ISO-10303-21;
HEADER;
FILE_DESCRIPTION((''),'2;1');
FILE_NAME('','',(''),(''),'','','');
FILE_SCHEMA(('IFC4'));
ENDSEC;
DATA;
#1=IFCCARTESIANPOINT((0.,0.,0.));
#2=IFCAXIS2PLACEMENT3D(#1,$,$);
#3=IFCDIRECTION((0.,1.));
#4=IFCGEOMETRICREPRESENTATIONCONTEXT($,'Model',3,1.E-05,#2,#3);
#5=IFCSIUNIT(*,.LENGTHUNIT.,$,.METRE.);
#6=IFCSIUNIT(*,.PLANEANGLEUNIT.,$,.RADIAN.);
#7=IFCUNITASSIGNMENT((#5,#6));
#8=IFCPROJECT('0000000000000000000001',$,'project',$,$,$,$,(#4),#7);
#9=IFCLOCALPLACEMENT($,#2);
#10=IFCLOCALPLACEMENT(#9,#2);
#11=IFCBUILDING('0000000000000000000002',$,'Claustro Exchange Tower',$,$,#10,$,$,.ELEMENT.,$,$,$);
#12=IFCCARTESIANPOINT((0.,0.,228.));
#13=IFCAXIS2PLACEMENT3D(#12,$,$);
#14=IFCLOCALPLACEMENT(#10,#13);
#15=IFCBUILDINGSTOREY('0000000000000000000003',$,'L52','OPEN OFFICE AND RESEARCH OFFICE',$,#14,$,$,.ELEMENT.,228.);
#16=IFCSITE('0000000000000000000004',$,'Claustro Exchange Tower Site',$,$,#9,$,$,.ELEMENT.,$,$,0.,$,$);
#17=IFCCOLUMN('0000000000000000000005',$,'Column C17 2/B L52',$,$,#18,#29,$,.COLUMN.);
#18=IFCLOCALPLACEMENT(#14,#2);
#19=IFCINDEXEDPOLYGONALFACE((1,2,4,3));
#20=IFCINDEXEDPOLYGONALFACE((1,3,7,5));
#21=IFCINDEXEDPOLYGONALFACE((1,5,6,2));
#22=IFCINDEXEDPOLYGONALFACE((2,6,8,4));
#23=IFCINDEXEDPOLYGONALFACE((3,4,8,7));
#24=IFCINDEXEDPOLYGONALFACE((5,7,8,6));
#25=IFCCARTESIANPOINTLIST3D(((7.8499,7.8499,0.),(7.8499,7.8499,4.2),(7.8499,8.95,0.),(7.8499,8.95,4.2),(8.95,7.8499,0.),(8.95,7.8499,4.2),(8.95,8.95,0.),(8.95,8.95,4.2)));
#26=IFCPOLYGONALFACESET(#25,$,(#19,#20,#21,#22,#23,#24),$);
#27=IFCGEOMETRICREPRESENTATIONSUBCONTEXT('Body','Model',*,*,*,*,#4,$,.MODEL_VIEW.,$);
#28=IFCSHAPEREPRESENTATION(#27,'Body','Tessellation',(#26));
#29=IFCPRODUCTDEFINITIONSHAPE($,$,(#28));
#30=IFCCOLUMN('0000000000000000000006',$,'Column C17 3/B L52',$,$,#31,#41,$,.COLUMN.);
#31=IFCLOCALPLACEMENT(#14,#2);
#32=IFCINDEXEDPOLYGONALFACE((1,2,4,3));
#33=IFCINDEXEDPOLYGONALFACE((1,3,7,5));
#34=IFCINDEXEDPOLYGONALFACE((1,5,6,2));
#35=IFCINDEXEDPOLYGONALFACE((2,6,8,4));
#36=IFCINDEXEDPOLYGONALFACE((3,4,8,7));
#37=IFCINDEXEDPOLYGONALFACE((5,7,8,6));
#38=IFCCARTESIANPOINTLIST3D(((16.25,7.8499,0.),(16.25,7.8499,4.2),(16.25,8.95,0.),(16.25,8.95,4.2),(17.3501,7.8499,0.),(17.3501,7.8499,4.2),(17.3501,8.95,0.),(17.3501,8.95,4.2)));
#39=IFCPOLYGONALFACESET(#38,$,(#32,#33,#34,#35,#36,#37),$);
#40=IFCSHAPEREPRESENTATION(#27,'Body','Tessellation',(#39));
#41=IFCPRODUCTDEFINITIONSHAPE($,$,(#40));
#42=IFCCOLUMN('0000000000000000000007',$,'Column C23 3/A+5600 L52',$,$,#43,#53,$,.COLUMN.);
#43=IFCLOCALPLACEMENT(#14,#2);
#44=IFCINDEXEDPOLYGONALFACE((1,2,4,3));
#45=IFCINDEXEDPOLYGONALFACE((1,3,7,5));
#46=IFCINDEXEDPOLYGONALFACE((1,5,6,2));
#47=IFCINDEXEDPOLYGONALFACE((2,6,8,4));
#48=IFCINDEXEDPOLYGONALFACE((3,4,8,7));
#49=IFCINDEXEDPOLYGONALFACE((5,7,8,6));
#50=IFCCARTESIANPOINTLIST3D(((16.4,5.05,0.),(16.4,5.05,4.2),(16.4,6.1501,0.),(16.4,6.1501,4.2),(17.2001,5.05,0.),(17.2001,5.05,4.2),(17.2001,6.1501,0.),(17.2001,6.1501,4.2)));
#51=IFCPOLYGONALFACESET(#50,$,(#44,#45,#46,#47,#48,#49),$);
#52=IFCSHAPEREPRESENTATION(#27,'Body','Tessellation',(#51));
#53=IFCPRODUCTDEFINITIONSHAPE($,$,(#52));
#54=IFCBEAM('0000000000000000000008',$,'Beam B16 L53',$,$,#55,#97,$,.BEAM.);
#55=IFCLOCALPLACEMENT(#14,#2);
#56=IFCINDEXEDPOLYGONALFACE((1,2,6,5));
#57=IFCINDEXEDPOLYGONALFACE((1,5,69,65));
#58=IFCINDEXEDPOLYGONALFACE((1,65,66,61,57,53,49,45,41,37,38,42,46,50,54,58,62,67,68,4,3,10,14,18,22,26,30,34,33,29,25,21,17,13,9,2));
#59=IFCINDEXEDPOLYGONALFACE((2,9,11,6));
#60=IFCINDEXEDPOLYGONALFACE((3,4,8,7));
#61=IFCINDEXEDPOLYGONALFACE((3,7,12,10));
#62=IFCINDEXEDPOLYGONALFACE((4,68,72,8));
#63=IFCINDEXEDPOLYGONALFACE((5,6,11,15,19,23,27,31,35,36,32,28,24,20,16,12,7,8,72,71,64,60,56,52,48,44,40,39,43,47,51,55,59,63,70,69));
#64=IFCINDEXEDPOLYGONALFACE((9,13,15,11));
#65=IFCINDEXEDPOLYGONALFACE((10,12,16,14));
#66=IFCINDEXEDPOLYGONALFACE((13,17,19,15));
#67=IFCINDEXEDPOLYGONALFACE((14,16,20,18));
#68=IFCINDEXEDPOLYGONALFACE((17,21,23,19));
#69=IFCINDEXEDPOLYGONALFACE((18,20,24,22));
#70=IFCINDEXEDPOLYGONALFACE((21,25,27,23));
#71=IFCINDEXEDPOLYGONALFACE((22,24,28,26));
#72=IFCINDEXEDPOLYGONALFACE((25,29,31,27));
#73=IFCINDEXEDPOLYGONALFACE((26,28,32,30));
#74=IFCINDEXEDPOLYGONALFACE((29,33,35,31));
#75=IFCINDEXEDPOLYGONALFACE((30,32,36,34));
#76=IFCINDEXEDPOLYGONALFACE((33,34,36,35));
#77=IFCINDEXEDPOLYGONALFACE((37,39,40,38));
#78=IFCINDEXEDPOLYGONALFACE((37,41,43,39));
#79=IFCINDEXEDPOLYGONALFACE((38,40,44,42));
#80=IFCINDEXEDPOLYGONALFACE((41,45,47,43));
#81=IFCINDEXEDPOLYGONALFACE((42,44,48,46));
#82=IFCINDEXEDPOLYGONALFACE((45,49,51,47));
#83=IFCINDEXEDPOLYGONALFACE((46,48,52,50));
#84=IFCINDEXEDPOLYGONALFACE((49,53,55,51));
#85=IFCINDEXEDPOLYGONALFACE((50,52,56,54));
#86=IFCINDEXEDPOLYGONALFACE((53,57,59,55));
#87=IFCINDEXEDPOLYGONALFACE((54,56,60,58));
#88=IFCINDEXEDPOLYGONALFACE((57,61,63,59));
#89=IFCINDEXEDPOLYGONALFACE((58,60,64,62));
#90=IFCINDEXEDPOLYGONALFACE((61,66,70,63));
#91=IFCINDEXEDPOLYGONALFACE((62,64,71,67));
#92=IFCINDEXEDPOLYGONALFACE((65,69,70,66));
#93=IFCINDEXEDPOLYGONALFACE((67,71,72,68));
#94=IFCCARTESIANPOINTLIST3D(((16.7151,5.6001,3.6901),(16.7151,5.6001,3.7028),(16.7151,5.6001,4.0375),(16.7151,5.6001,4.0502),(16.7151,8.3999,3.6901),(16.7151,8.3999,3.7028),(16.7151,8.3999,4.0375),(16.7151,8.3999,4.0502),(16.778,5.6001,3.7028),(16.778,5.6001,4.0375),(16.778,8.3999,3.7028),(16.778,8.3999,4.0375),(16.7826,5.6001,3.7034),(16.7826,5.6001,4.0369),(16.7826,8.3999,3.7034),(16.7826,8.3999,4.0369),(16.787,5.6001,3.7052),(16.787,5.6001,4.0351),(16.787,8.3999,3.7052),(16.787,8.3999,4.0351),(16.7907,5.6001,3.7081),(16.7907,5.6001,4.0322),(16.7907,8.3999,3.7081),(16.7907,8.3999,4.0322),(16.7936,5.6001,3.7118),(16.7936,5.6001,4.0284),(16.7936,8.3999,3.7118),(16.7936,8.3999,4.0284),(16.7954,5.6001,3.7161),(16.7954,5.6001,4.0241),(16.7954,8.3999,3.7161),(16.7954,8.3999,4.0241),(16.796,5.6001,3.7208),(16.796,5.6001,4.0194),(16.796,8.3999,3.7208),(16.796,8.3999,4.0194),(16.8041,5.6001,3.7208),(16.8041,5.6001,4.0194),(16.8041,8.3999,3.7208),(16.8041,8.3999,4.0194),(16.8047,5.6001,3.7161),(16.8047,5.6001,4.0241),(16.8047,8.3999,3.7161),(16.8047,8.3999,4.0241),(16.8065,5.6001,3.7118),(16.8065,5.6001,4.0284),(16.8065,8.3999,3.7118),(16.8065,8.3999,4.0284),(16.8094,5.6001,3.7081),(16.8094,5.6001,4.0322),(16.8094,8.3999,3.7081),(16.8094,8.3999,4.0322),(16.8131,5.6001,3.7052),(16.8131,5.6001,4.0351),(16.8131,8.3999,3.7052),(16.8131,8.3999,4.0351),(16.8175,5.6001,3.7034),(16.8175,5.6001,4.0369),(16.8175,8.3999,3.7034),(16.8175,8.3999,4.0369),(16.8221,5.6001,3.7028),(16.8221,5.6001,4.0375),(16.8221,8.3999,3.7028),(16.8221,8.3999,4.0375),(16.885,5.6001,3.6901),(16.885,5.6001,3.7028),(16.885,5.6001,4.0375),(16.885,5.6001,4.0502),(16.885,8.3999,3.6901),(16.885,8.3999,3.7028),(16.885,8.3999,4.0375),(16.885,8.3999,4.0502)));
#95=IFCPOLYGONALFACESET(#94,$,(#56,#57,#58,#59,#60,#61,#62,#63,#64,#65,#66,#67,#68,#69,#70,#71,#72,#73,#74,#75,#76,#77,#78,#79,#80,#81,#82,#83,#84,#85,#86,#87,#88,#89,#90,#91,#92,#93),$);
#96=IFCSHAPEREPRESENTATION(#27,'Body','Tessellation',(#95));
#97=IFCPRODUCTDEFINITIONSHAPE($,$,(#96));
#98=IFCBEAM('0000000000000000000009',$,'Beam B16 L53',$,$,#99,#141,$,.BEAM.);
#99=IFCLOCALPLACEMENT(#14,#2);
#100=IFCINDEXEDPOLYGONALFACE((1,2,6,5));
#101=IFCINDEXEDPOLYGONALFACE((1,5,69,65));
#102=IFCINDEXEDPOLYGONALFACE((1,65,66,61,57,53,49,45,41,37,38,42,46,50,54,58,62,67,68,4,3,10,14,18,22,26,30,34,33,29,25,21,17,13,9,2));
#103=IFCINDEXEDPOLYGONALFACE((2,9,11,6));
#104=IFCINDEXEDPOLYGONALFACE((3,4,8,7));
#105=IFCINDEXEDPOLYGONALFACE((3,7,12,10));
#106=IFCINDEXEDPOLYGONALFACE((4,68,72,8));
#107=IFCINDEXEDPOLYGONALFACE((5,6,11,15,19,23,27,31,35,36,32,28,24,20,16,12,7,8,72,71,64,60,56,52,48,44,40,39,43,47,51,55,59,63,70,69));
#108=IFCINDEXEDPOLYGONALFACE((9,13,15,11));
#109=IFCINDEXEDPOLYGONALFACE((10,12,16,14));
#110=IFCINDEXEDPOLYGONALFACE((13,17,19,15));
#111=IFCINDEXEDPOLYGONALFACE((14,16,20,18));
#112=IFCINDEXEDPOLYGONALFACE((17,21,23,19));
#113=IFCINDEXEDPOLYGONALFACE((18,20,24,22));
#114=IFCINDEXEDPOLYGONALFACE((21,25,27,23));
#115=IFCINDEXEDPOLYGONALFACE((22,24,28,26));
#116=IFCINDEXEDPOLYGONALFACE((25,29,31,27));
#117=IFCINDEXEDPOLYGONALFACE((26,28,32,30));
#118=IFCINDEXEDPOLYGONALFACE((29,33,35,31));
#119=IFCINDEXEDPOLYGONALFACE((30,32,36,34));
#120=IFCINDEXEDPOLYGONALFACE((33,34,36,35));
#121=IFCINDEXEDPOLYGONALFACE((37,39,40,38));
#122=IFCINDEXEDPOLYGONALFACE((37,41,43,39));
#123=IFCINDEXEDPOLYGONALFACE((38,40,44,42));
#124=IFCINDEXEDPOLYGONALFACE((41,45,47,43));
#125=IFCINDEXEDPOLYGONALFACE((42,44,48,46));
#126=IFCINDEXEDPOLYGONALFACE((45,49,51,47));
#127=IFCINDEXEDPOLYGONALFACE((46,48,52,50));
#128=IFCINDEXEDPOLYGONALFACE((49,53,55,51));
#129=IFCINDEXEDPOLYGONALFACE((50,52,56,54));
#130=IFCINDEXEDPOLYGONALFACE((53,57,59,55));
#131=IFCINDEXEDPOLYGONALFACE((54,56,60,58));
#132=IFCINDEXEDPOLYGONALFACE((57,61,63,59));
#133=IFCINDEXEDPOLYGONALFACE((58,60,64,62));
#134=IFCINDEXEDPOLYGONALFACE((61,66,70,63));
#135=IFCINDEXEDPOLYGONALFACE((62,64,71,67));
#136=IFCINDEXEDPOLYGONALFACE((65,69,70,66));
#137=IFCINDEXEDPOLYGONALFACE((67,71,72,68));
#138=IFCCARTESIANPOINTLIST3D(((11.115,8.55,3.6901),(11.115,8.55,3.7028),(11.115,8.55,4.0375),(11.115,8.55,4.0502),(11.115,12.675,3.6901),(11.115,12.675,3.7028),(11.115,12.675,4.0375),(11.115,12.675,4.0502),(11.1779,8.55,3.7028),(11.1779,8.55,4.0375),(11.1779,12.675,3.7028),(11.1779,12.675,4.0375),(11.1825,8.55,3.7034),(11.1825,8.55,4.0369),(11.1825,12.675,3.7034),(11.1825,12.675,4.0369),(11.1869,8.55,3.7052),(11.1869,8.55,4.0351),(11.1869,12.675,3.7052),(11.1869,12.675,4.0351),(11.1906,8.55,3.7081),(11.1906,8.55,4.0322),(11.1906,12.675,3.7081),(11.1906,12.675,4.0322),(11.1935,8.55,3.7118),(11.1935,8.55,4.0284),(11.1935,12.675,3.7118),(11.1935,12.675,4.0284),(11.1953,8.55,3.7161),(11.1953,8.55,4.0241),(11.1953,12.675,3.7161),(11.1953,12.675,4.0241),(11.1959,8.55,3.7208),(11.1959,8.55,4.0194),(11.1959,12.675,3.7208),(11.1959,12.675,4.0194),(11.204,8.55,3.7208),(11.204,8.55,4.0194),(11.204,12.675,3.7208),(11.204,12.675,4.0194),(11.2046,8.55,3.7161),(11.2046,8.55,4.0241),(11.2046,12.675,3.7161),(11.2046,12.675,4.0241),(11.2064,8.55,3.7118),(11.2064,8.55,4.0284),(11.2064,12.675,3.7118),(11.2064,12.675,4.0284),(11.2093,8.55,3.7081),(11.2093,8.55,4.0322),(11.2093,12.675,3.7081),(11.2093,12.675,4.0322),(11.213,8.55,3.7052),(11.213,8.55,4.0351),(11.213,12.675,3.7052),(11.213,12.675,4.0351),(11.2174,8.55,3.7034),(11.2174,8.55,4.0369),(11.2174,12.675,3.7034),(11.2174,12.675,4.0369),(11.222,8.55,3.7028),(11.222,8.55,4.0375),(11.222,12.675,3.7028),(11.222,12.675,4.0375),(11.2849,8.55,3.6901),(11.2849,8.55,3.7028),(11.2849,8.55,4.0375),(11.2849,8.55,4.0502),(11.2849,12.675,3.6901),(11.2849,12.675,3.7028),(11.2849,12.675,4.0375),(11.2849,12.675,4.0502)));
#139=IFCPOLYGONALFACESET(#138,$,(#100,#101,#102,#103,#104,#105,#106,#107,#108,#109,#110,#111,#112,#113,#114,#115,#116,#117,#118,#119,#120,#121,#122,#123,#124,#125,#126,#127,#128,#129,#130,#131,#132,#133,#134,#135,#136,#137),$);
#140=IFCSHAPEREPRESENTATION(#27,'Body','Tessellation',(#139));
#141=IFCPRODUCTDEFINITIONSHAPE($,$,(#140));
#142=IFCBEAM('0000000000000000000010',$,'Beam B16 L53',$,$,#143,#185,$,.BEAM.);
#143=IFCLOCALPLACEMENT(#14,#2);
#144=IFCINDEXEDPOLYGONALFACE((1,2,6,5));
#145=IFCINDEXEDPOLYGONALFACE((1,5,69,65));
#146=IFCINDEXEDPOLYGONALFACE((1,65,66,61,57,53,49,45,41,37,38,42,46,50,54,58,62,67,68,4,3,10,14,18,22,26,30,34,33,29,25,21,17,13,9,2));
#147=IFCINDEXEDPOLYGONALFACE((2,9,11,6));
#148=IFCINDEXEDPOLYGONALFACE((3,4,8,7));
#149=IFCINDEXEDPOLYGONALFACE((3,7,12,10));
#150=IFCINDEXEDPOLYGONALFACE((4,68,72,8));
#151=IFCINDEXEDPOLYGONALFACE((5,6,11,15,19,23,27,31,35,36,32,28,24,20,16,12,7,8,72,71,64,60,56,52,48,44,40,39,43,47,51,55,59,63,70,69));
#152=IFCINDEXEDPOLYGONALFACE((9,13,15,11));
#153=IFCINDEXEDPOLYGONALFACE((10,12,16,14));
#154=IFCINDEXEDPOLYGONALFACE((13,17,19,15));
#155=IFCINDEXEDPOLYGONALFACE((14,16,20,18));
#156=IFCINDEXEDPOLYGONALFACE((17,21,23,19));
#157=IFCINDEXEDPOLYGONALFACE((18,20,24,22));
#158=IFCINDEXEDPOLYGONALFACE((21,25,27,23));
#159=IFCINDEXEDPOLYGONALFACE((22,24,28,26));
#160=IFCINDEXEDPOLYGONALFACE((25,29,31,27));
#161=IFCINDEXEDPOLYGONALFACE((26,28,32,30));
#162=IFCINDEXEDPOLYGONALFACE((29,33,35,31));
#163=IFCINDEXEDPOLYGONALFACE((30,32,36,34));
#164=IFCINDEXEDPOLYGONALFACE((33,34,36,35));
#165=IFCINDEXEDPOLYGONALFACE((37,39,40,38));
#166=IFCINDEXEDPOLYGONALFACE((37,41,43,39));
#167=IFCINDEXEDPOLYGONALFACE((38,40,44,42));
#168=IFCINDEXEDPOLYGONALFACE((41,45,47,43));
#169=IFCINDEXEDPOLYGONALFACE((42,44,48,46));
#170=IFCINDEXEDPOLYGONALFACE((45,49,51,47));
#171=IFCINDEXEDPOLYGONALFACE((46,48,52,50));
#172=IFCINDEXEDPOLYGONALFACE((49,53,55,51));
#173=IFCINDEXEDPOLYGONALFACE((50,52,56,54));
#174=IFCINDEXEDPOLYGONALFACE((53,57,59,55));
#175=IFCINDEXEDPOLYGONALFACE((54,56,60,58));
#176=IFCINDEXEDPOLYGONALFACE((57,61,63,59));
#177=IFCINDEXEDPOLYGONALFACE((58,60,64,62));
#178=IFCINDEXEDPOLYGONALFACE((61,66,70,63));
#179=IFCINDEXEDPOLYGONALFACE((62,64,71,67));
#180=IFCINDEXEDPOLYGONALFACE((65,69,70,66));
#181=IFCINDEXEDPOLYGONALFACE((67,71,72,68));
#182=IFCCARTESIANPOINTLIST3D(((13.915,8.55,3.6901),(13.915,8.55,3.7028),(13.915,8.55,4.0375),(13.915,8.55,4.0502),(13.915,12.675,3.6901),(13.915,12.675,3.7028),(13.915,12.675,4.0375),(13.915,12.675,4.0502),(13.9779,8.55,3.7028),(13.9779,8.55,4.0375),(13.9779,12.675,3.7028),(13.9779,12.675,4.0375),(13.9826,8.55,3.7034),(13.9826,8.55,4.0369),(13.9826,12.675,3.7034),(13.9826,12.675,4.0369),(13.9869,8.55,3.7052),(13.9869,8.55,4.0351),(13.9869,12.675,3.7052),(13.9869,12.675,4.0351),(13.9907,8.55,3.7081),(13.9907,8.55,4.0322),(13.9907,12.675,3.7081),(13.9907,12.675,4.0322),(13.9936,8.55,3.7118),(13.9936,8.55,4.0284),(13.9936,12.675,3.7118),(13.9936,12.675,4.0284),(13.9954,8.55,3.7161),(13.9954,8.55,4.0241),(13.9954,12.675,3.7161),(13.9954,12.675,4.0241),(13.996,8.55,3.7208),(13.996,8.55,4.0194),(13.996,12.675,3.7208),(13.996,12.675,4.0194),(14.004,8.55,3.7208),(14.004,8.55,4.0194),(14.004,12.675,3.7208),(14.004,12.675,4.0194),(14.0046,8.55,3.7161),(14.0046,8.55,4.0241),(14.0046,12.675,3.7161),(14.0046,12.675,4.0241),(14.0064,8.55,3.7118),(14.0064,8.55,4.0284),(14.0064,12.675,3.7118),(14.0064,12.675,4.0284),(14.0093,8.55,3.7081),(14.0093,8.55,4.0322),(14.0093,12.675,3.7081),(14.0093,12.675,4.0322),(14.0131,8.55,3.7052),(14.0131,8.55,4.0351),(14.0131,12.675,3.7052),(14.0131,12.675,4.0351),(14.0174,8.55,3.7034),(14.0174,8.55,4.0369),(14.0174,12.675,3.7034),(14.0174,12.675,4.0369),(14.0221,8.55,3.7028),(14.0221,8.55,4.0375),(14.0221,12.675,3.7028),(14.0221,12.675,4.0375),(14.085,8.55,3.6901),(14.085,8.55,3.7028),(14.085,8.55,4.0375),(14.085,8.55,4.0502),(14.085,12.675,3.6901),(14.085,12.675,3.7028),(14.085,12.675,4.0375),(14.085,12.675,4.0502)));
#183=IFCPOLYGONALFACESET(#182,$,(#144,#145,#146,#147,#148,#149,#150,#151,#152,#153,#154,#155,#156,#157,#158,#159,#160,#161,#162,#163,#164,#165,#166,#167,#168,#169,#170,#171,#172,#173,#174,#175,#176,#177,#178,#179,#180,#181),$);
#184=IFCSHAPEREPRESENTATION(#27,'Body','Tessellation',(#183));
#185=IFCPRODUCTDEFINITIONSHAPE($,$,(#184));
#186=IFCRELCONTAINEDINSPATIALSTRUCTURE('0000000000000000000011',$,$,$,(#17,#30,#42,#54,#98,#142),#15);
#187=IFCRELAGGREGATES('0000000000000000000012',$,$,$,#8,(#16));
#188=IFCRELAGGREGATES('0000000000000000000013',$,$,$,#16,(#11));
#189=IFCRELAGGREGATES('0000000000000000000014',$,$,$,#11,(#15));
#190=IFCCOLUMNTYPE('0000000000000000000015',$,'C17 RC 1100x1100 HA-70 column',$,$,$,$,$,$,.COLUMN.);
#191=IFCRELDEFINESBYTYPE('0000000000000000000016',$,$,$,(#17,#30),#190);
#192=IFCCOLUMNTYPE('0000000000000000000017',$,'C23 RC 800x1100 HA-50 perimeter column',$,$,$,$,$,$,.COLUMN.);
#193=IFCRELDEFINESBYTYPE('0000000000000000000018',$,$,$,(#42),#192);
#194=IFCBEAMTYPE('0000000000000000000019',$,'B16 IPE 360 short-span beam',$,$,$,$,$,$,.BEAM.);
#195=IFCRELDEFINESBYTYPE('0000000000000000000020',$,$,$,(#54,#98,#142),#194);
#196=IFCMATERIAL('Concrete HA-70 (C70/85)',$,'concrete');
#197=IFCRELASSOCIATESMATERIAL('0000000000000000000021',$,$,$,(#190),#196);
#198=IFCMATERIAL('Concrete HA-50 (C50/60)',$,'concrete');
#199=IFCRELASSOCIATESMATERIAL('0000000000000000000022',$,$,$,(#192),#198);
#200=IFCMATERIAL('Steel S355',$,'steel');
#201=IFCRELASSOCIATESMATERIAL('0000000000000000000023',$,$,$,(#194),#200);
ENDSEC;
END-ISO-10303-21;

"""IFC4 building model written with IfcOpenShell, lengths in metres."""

from ifc_helpers import new_model, si_unit, direction, frame, origin, origin_2d, place, context, subcontext, project, spatial, rectangle, i_section, extrude, material, material_profile, profile_set, type_object, element, save


model = new_model("IFC4")

# Units and contexts
model_context = context("Model", 3, precision=1e-05, world=origin(), true_north=direction((0.0, 1.0)))
body_context = subcontext(model_context, "Body", "Model", "MODEL_VIEW")
ifc_project = project(units=[si_unit("LENGTHUNIT", "METRE"), si_unit("PLANEANGLEUNIT", "RADIAN")], contexts=[model_context])

# Site, building, storey
site_placement = place(None, origin())
site = spatial("IfcSite", under=ifc_project, at=site_placement, Name="Claustro Exchange Tower Site", CompositionType="ELEMENT", RefElevation=0.0)
building_placement = place(site_placement, origin())
building = spatial("IfcBuilding", under=site, at=building_placement, Name="Claustro Exchange Tower", CompositionType="ELEMENT")
storey_placement = place(building_placement, frame((0.0, 0.0, 228.0)))
storey = spatial("IfcBuildingStorey", under=building, at=storey_placement, Name="L52", Description="OPEN OFFICE AND RESEARCH OFFICE", CompositionType="ELEMENT", Elevation=228.0)

# Columns
ifc_material_1 = material(Name="Concrete HA-70 (C70/85)", Category="concrete")
ifc_material_profile_1 = material_profile(ifc_material_1, rectangle(XDim=1.1001, YDim=1.1001, at=origin_2d()), Name="RC 1100x1100")
ifc_profile_set_1 = profile_set([ifc_material_profile_1], Name="Concrete HA-70 (C70/85)")
column_type_1 = type_object("IfcColumnType", Name="C17 RC 1100x1100 HA-70 column", PredefinedType="COLUMN", material=ifc_profile_set_1)
for number, where, z_axis, x_axis, name in (
    (1, (8.3999, 8.3999, 0.0), (0.0, 0.0, 1.0), (1.0, 0.0, 0.0), "Column C17 2/B L52"),
    (2, (16.8, 8.3999, 0.0), (0.0, 0.0, 1.0), (1.0, 0.0, 0.0), "Column C17 3/B L52"),
):
    element("IfcColumn", number, at=place(storey_placement, frame(where, z_axis=z_axis, x_axis=x_axis)), inside=storey, type_object=column_type_1, Name=name, PredefinedType="COLUMN", context=body_context, shape_type="SweptSolid", body=[
        extrude(rectangle(XDim=1.1001, YDim=1.1001, at=origin_2d()), origin(), (0.0, 0.0, 1.0), 4.2),
    ])
ifc_material_2 = material(Name="Concrete HA-50 (C50/60)", Category="concrete")
ifc_material_profile_2 = material_profile(ifc_material_2, rectangle(XDim=0.8, YDim=1.1001, at=origin_2d()), Name="RC 800x1100")
ifc_profile_set_2 = profile_set([ifc_material_profile_2], Name="Concrete HA-50 (C50/60)")
column_type_2 = type_object("IfcColumnType", Name="C23 RC 800x1100 HA-50 perimeter column", PredefinedType="COLUMN", material=ifc_profile_set_2)
column_placement = place(storey_placement, frame((16.8, 5.6001, 0.0), z_axis=(0.0, 0.0, 1.0), x_axis=(1.0, 0.0, 0.0)))
element("IfcColumn", 3, at=column_placement, inside=storey, type_object=column_type_2, Name="Column C23 3/A+5600 L52", PredefinedType="COLUMN", context=body_context, shape_type="SweptSolid", body=[
    extrude(rectangle(XDim=0.8, YDim=1.1001, at=origin_2d()), origin(), (0.0, 0.0, 1.0), 4.2),
])

# Beams
ifc_material_3 = material(Name="Steel S355", Category="steel")
ifc_material_profile_3 = material_profile(ifc_material_3, i_section(OverallWidth=0.1699, OverallDepth=0.3601, WebThickness=0.0081, FlangeThickness=0.0127, FilletRadius=0.0181, at=origin_2d()), Name="IPE 360")
ifc_profile_set_3 = profile_set([ifc_material_profile_3], Name="Steel S355")
beam_type_1 = type_object("IfcBeamType", Name="B16 IPE 360 short-span beam", PredefinedType="BEAM", material=ifc_profile_set_3)
beam_1_placement = place(storey_placement, frame((16.8, 5.6001, 3.8701), z_axis=(0.0, 1.0, 0.0), x_axis=(-1.0, 0.0, 0.0)))
element("IfcBeam", 4, at=beam_1_placement, inside=storey, type_object=beam_type_1, Name="Beam B16 L53", PredefinedType="BEAM", context=body_context, shape_type="SweptSolid", body=[
    extrude(i_section(OverallWidth=0.1699, OverallDepth=0.3601, WebThickness=0.0081, FlangeThickness=0.0127, FilletRadius=0.0181, at=origin_2d()), origin(), (0.0, 0.0, 1.0), 2.7998),
])
for number, where, z_axis, x_axis, name in (
    (5, (11.2, 8.55, 3.8701), (0.0, 1.0, 0.0), (-1.0, 0.0, 0.0), "Beam B16 L53"),
    (6, (14.0, 8.55, 3.8701), (0.0, 1.0, 0.0), (-1.0, 0.0, 0.0), "Beam B16 L53"),
):
    element("IfcBeam", number, at=place(storey_placement, frame(where, z_axis=z_axis, x_axis=x_axis)), inside=storey, type_object=beam_type_1, Name=name, PredefinedType="BEAM", context=body_context, shape_type="SweptSolid", body=[
        extrude(i_section(OverallWidth=0.1699, OverallDepth=0.3601, WebThickness=0.0081, FlangeThickness=0.0127, FilletRadius=0.0181, at=origin_2d()), origin(), (0.0, 0.0, 1.0), 4.125),
    ])

save(model, "model.ifc")
